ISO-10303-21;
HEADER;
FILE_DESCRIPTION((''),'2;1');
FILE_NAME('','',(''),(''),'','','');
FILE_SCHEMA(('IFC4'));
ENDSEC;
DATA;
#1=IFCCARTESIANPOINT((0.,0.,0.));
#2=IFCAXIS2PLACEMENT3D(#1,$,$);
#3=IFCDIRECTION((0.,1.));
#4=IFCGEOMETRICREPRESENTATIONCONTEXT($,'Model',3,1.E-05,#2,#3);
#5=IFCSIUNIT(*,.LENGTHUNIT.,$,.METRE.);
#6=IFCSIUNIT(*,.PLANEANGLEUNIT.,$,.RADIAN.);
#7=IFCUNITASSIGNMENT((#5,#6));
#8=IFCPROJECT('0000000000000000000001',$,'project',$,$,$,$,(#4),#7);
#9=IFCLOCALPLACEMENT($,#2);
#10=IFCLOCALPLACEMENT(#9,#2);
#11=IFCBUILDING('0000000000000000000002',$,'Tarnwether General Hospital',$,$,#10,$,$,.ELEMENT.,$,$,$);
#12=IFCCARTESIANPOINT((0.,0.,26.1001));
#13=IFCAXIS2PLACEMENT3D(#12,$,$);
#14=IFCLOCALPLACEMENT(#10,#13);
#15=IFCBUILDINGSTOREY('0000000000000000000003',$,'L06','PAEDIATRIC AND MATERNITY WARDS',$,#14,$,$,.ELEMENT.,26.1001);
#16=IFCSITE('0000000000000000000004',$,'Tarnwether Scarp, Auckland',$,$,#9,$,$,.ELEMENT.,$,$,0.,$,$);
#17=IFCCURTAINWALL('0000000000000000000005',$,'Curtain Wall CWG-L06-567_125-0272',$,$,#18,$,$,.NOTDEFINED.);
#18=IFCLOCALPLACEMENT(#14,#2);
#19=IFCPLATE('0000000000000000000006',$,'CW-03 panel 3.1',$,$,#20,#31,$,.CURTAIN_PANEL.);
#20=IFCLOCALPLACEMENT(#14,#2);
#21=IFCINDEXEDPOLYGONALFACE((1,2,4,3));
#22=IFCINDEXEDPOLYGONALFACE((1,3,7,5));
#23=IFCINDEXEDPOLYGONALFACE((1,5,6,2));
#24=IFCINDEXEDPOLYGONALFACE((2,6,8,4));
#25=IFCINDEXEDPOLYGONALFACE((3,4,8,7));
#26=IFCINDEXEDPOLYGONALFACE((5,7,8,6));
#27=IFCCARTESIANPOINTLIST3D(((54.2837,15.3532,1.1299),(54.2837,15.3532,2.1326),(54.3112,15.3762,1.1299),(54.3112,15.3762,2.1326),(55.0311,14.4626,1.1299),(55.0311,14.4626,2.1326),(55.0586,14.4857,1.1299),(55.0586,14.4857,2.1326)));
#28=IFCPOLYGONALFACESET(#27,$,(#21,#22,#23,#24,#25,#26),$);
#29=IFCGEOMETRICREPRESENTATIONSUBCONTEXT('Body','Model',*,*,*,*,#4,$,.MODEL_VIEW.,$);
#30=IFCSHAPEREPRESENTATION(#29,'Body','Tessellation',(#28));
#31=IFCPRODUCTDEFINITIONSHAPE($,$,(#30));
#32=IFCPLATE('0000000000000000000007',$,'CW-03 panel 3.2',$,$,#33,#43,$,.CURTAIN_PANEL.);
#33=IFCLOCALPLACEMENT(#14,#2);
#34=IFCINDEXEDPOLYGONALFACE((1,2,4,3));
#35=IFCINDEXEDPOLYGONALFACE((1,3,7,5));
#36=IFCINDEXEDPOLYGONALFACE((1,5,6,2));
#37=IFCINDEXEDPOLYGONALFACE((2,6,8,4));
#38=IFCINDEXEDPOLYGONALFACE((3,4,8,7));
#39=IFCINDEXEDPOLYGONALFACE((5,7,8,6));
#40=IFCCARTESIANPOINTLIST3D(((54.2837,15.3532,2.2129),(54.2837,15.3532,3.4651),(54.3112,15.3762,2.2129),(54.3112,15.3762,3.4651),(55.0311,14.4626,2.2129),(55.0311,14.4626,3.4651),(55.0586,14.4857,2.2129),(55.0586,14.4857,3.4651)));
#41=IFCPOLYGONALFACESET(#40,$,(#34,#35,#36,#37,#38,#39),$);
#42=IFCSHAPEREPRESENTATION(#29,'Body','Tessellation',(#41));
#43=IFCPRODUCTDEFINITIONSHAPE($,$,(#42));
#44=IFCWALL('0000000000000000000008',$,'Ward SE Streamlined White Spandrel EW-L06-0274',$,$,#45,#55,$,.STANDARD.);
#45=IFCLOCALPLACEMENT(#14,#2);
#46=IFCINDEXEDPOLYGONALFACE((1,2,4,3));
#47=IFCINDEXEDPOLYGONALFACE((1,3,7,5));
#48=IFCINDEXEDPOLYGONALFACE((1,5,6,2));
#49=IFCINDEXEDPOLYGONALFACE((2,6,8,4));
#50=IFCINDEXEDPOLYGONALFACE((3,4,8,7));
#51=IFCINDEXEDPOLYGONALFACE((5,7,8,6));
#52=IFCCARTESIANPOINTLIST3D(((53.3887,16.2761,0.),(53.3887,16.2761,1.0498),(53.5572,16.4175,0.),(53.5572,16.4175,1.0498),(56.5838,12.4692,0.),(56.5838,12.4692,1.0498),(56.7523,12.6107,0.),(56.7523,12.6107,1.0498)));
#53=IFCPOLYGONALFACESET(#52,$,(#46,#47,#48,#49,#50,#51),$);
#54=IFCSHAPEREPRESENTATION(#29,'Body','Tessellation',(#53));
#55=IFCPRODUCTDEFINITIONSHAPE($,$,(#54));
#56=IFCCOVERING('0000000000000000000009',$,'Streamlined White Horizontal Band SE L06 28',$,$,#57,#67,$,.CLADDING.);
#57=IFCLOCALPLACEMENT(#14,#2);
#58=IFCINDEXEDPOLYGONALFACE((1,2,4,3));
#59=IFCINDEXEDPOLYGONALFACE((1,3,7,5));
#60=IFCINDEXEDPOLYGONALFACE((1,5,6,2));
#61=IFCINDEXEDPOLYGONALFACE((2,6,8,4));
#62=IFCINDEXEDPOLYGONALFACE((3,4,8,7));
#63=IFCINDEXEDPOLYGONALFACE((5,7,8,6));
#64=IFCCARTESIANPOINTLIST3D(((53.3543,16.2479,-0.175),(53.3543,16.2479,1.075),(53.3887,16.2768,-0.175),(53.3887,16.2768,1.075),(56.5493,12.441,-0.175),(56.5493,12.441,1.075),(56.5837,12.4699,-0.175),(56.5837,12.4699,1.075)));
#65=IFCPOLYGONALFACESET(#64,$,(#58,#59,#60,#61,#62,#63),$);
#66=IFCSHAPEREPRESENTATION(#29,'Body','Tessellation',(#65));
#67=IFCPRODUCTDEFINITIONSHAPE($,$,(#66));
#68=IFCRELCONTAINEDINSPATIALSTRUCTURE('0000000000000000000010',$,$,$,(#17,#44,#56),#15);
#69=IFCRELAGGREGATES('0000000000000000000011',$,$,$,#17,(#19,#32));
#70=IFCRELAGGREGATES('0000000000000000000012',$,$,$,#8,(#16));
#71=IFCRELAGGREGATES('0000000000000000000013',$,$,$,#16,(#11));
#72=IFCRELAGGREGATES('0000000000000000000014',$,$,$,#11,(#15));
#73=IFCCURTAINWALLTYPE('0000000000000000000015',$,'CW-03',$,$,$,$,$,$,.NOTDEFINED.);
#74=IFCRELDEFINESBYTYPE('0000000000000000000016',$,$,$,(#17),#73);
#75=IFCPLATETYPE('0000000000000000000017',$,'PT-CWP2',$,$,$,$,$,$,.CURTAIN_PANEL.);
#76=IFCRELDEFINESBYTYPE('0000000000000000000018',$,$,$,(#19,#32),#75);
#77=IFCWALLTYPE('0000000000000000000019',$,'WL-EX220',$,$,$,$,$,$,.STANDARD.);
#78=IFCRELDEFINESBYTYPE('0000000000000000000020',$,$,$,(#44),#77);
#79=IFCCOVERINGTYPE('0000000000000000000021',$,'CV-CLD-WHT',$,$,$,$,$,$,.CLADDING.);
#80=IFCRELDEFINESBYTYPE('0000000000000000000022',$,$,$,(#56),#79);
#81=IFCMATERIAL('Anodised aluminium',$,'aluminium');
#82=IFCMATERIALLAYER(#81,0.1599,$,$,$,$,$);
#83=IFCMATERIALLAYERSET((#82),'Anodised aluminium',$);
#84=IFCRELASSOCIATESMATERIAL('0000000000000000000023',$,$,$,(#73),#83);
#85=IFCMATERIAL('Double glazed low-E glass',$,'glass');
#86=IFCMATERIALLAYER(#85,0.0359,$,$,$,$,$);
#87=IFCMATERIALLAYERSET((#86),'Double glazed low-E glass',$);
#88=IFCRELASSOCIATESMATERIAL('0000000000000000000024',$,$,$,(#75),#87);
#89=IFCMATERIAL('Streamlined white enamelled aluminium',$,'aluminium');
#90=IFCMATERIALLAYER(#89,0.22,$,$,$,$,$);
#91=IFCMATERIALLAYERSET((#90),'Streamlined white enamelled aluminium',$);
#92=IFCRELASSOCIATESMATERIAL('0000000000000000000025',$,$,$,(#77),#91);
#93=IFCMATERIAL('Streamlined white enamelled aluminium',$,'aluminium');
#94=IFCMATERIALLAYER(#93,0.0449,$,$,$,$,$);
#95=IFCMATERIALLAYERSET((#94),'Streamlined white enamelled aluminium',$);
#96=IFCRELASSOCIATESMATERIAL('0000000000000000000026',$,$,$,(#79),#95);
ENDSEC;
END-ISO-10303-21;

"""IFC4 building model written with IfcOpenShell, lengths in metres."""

from ifc_helpers import new_model, si_unit, direction, frame, frame_2d, origin, origin_2d, place, context, subcontext, project, spatial, rectangle, extrude, material, layer, layer_set, type_object, element, aggregate, save


model = new_model("IFC4")

# Units and contexts
model_context = context("Model", 3, precision=1e-05, world=origin(), true_north=direction((0.0, 1.0)))
body_context = subcontext(model_context, "Body", "Model", "MODEL_VIEW")
ifc_project = project(units=[si_unit("LENGTHUNIT", "METRE"), si_unit("PLANEANGLEUNIT", "RADIAN")], contexts=[model_context])

# Site, building, storey
site_placement = place(None, origin())
site = spatial("IfcSite", under=ifc_project, at=site_placement, Name="Tarnwether Scarp, Auckland", CompositionType="ELEMENT", RefElevation=0.0)
building_placement = place(site_placement, origin())
building = spatial("IfcBuilding", under=site, at=building_placement, Name="Tarnwether General Hospital", CompositionType="ELEMENT")
storey_placement = place(building_placement, frame((0.0, 0.0, 26.1001)))
storey = spatial("IfcBuildingStorey", under=building, at=storey_placement, Name="L06", Description="PAEDIATRIC AND MATERNITY WARDS", CompositionType="ELEMENT", Elevation=26.1001)

# Curtain wall
ifc_material_1 = material(Name="Anodised aluminium", Category="aluminium")
ifc_layer_1 = layer(ifc_material_1, 0.1599)
ifc_layer_set_1 = layer_set([ifc_layer_1], Name="Anodised aluminium")
curtain_wall_type_1 = type_object("IfcCurtainWallType", Name="CW-03", PredefinedType="NOTDEFINED", material=ifc_layer_set_1)
curtain_wall_1_placement = place(storey_placement, origin())
curtain_wall_1 = element("IfcCurtainWall", 1, at=curtain_wall_1_placement, inside=storey, type_object=curtain_wall_type_1, Name="Curtain Wall CWG-L06-567_125-0272", PredefinedType="NOTDEFINED")

# Plates
ifc_material_2 = material(Name="Double glazed low-E glass", Category="glass")
ifc_layer_2 = layer(ifc_material_2, 0.0359)
ifc_layer_set_2 = layer_set([ifc_layer_2], Name="Double glazed low-E glass")
plate_type = type_object("IfcPlateType", Name="PT-CWP2", PredefinedType="CURTAIN_PANEL", material=ifc_layer_set_2)
plate_1_placement = place(storey_placement, frame((54.6711, 14.9194, 1.1299), z_axis=(0.0, 0.0, 1.0), x_axis=(-0.642852, 0.76599, 0.0)))
plate_1 = element("IfcPlate", 2, at=plate_1_placement, type_object=plate_type, Name="CW-03 panel 3.1", PredefinedType="CURTAIN_PANEL", context=body_context, shape_type="SweptSolid", body=[
    extrude(rectangle(XDim=1.1626, YDim=0.0359, at=origin_2d()), origin(), (0.0, 0.0, 1.0), 1.0027),
])
plate_2_placement = place(storey_placement, frame((54.6711, 14.9194, 2.2129), z_axis=(0.0, 0.0, 1.0), x_axis=(-0.642852, 0.76599, 0.0)))
plate_2 = element("IfcPlate", 3, at=plate_2_placement, type_object=plate_type, Name="CW-03 panel 3.2", PredefinedType="CURTAIN_PANEL", context=body_context, shape_type="SweptSolid", body=[
    extrude(rectangle(XDim=1.1626, YDim=0.0359, at=origin_2d()), origin(), (0.0, 0.0, 1.0), 1.2522),
])
aggregate(curtain_wall_1, [plate_1, plate_2])

# Wall
ifc_material_3 = material(Name="Streamlined white enamelled aluminium", Category="aluminium")
ifc_layer_3 = layer(ifc_material_3, 0.22)
ifc_layer_set_3 = layer_set([ifc_layer_3], Name="Streamlined white enamelled aluminium")
wall_type = type_object("IfcWallType", Name="WL-EX220", PredefinedType="STANDARD", material=ifc_layer_set_3)
wall_placement = place(storey_placement, frame((56.668, 12.54, 0.0), z_axis=(0.0, 0.0, 1.0), x_axis=(-0.642872, 0.765974, 0.0)))
element("IfcWall", 4, at=wall_placement, inside=storey, type_object=wall_type, Name="Ward SE Streamlined White Spandrel EW-L06-0274", PredefinedType="STANDARD", context=body_context, shape_type="SweptSolid", body=[
    extrude(rectangle(XDim=4.97, YDim=0.22, at=frame_2d((2.4849, 0.0))), origin(), (0.0, 0.0, 1.0), 1.0498),
])

# Covering
ifc_material_4 = material(Name="Streamlined white enamelled aluminium", Category="aluminium")
ifc_layer_4 = layer(ifc_material_4, 0.0449)
ifc_layer_set_4 = layer_set([ifc_layer_4], Name="Streamlined white enamelled aluminium")
covering_type = type_object("IfcCoveringType", Name="CV-CLD-WHT", PredefinedType="CLADDING", material=ifc_layer_set_4)
covering_placement = place(storey_placement, frame((54.969, 14.3589, -0.175), z_axis=(0.0, 0.0, 1.0), x_axis=(-0.642854, 0.765988, 0.0)))
element("IfcCovering", 5, at=covering_placement, inside=storey, type_object=covering_type, Name="Streamlined White Horizontal Band SE L06 28", PredefinedType="CLADDING", context=body_context, shape_type="SweptSolid", body=[
    extrude(rectangle(XDim=4.97, YDim=0.0449, at=origin_2d()), origin(), (0.0, 0.0, 1.0), 1.25),
])

save(model, "model.ifc")
